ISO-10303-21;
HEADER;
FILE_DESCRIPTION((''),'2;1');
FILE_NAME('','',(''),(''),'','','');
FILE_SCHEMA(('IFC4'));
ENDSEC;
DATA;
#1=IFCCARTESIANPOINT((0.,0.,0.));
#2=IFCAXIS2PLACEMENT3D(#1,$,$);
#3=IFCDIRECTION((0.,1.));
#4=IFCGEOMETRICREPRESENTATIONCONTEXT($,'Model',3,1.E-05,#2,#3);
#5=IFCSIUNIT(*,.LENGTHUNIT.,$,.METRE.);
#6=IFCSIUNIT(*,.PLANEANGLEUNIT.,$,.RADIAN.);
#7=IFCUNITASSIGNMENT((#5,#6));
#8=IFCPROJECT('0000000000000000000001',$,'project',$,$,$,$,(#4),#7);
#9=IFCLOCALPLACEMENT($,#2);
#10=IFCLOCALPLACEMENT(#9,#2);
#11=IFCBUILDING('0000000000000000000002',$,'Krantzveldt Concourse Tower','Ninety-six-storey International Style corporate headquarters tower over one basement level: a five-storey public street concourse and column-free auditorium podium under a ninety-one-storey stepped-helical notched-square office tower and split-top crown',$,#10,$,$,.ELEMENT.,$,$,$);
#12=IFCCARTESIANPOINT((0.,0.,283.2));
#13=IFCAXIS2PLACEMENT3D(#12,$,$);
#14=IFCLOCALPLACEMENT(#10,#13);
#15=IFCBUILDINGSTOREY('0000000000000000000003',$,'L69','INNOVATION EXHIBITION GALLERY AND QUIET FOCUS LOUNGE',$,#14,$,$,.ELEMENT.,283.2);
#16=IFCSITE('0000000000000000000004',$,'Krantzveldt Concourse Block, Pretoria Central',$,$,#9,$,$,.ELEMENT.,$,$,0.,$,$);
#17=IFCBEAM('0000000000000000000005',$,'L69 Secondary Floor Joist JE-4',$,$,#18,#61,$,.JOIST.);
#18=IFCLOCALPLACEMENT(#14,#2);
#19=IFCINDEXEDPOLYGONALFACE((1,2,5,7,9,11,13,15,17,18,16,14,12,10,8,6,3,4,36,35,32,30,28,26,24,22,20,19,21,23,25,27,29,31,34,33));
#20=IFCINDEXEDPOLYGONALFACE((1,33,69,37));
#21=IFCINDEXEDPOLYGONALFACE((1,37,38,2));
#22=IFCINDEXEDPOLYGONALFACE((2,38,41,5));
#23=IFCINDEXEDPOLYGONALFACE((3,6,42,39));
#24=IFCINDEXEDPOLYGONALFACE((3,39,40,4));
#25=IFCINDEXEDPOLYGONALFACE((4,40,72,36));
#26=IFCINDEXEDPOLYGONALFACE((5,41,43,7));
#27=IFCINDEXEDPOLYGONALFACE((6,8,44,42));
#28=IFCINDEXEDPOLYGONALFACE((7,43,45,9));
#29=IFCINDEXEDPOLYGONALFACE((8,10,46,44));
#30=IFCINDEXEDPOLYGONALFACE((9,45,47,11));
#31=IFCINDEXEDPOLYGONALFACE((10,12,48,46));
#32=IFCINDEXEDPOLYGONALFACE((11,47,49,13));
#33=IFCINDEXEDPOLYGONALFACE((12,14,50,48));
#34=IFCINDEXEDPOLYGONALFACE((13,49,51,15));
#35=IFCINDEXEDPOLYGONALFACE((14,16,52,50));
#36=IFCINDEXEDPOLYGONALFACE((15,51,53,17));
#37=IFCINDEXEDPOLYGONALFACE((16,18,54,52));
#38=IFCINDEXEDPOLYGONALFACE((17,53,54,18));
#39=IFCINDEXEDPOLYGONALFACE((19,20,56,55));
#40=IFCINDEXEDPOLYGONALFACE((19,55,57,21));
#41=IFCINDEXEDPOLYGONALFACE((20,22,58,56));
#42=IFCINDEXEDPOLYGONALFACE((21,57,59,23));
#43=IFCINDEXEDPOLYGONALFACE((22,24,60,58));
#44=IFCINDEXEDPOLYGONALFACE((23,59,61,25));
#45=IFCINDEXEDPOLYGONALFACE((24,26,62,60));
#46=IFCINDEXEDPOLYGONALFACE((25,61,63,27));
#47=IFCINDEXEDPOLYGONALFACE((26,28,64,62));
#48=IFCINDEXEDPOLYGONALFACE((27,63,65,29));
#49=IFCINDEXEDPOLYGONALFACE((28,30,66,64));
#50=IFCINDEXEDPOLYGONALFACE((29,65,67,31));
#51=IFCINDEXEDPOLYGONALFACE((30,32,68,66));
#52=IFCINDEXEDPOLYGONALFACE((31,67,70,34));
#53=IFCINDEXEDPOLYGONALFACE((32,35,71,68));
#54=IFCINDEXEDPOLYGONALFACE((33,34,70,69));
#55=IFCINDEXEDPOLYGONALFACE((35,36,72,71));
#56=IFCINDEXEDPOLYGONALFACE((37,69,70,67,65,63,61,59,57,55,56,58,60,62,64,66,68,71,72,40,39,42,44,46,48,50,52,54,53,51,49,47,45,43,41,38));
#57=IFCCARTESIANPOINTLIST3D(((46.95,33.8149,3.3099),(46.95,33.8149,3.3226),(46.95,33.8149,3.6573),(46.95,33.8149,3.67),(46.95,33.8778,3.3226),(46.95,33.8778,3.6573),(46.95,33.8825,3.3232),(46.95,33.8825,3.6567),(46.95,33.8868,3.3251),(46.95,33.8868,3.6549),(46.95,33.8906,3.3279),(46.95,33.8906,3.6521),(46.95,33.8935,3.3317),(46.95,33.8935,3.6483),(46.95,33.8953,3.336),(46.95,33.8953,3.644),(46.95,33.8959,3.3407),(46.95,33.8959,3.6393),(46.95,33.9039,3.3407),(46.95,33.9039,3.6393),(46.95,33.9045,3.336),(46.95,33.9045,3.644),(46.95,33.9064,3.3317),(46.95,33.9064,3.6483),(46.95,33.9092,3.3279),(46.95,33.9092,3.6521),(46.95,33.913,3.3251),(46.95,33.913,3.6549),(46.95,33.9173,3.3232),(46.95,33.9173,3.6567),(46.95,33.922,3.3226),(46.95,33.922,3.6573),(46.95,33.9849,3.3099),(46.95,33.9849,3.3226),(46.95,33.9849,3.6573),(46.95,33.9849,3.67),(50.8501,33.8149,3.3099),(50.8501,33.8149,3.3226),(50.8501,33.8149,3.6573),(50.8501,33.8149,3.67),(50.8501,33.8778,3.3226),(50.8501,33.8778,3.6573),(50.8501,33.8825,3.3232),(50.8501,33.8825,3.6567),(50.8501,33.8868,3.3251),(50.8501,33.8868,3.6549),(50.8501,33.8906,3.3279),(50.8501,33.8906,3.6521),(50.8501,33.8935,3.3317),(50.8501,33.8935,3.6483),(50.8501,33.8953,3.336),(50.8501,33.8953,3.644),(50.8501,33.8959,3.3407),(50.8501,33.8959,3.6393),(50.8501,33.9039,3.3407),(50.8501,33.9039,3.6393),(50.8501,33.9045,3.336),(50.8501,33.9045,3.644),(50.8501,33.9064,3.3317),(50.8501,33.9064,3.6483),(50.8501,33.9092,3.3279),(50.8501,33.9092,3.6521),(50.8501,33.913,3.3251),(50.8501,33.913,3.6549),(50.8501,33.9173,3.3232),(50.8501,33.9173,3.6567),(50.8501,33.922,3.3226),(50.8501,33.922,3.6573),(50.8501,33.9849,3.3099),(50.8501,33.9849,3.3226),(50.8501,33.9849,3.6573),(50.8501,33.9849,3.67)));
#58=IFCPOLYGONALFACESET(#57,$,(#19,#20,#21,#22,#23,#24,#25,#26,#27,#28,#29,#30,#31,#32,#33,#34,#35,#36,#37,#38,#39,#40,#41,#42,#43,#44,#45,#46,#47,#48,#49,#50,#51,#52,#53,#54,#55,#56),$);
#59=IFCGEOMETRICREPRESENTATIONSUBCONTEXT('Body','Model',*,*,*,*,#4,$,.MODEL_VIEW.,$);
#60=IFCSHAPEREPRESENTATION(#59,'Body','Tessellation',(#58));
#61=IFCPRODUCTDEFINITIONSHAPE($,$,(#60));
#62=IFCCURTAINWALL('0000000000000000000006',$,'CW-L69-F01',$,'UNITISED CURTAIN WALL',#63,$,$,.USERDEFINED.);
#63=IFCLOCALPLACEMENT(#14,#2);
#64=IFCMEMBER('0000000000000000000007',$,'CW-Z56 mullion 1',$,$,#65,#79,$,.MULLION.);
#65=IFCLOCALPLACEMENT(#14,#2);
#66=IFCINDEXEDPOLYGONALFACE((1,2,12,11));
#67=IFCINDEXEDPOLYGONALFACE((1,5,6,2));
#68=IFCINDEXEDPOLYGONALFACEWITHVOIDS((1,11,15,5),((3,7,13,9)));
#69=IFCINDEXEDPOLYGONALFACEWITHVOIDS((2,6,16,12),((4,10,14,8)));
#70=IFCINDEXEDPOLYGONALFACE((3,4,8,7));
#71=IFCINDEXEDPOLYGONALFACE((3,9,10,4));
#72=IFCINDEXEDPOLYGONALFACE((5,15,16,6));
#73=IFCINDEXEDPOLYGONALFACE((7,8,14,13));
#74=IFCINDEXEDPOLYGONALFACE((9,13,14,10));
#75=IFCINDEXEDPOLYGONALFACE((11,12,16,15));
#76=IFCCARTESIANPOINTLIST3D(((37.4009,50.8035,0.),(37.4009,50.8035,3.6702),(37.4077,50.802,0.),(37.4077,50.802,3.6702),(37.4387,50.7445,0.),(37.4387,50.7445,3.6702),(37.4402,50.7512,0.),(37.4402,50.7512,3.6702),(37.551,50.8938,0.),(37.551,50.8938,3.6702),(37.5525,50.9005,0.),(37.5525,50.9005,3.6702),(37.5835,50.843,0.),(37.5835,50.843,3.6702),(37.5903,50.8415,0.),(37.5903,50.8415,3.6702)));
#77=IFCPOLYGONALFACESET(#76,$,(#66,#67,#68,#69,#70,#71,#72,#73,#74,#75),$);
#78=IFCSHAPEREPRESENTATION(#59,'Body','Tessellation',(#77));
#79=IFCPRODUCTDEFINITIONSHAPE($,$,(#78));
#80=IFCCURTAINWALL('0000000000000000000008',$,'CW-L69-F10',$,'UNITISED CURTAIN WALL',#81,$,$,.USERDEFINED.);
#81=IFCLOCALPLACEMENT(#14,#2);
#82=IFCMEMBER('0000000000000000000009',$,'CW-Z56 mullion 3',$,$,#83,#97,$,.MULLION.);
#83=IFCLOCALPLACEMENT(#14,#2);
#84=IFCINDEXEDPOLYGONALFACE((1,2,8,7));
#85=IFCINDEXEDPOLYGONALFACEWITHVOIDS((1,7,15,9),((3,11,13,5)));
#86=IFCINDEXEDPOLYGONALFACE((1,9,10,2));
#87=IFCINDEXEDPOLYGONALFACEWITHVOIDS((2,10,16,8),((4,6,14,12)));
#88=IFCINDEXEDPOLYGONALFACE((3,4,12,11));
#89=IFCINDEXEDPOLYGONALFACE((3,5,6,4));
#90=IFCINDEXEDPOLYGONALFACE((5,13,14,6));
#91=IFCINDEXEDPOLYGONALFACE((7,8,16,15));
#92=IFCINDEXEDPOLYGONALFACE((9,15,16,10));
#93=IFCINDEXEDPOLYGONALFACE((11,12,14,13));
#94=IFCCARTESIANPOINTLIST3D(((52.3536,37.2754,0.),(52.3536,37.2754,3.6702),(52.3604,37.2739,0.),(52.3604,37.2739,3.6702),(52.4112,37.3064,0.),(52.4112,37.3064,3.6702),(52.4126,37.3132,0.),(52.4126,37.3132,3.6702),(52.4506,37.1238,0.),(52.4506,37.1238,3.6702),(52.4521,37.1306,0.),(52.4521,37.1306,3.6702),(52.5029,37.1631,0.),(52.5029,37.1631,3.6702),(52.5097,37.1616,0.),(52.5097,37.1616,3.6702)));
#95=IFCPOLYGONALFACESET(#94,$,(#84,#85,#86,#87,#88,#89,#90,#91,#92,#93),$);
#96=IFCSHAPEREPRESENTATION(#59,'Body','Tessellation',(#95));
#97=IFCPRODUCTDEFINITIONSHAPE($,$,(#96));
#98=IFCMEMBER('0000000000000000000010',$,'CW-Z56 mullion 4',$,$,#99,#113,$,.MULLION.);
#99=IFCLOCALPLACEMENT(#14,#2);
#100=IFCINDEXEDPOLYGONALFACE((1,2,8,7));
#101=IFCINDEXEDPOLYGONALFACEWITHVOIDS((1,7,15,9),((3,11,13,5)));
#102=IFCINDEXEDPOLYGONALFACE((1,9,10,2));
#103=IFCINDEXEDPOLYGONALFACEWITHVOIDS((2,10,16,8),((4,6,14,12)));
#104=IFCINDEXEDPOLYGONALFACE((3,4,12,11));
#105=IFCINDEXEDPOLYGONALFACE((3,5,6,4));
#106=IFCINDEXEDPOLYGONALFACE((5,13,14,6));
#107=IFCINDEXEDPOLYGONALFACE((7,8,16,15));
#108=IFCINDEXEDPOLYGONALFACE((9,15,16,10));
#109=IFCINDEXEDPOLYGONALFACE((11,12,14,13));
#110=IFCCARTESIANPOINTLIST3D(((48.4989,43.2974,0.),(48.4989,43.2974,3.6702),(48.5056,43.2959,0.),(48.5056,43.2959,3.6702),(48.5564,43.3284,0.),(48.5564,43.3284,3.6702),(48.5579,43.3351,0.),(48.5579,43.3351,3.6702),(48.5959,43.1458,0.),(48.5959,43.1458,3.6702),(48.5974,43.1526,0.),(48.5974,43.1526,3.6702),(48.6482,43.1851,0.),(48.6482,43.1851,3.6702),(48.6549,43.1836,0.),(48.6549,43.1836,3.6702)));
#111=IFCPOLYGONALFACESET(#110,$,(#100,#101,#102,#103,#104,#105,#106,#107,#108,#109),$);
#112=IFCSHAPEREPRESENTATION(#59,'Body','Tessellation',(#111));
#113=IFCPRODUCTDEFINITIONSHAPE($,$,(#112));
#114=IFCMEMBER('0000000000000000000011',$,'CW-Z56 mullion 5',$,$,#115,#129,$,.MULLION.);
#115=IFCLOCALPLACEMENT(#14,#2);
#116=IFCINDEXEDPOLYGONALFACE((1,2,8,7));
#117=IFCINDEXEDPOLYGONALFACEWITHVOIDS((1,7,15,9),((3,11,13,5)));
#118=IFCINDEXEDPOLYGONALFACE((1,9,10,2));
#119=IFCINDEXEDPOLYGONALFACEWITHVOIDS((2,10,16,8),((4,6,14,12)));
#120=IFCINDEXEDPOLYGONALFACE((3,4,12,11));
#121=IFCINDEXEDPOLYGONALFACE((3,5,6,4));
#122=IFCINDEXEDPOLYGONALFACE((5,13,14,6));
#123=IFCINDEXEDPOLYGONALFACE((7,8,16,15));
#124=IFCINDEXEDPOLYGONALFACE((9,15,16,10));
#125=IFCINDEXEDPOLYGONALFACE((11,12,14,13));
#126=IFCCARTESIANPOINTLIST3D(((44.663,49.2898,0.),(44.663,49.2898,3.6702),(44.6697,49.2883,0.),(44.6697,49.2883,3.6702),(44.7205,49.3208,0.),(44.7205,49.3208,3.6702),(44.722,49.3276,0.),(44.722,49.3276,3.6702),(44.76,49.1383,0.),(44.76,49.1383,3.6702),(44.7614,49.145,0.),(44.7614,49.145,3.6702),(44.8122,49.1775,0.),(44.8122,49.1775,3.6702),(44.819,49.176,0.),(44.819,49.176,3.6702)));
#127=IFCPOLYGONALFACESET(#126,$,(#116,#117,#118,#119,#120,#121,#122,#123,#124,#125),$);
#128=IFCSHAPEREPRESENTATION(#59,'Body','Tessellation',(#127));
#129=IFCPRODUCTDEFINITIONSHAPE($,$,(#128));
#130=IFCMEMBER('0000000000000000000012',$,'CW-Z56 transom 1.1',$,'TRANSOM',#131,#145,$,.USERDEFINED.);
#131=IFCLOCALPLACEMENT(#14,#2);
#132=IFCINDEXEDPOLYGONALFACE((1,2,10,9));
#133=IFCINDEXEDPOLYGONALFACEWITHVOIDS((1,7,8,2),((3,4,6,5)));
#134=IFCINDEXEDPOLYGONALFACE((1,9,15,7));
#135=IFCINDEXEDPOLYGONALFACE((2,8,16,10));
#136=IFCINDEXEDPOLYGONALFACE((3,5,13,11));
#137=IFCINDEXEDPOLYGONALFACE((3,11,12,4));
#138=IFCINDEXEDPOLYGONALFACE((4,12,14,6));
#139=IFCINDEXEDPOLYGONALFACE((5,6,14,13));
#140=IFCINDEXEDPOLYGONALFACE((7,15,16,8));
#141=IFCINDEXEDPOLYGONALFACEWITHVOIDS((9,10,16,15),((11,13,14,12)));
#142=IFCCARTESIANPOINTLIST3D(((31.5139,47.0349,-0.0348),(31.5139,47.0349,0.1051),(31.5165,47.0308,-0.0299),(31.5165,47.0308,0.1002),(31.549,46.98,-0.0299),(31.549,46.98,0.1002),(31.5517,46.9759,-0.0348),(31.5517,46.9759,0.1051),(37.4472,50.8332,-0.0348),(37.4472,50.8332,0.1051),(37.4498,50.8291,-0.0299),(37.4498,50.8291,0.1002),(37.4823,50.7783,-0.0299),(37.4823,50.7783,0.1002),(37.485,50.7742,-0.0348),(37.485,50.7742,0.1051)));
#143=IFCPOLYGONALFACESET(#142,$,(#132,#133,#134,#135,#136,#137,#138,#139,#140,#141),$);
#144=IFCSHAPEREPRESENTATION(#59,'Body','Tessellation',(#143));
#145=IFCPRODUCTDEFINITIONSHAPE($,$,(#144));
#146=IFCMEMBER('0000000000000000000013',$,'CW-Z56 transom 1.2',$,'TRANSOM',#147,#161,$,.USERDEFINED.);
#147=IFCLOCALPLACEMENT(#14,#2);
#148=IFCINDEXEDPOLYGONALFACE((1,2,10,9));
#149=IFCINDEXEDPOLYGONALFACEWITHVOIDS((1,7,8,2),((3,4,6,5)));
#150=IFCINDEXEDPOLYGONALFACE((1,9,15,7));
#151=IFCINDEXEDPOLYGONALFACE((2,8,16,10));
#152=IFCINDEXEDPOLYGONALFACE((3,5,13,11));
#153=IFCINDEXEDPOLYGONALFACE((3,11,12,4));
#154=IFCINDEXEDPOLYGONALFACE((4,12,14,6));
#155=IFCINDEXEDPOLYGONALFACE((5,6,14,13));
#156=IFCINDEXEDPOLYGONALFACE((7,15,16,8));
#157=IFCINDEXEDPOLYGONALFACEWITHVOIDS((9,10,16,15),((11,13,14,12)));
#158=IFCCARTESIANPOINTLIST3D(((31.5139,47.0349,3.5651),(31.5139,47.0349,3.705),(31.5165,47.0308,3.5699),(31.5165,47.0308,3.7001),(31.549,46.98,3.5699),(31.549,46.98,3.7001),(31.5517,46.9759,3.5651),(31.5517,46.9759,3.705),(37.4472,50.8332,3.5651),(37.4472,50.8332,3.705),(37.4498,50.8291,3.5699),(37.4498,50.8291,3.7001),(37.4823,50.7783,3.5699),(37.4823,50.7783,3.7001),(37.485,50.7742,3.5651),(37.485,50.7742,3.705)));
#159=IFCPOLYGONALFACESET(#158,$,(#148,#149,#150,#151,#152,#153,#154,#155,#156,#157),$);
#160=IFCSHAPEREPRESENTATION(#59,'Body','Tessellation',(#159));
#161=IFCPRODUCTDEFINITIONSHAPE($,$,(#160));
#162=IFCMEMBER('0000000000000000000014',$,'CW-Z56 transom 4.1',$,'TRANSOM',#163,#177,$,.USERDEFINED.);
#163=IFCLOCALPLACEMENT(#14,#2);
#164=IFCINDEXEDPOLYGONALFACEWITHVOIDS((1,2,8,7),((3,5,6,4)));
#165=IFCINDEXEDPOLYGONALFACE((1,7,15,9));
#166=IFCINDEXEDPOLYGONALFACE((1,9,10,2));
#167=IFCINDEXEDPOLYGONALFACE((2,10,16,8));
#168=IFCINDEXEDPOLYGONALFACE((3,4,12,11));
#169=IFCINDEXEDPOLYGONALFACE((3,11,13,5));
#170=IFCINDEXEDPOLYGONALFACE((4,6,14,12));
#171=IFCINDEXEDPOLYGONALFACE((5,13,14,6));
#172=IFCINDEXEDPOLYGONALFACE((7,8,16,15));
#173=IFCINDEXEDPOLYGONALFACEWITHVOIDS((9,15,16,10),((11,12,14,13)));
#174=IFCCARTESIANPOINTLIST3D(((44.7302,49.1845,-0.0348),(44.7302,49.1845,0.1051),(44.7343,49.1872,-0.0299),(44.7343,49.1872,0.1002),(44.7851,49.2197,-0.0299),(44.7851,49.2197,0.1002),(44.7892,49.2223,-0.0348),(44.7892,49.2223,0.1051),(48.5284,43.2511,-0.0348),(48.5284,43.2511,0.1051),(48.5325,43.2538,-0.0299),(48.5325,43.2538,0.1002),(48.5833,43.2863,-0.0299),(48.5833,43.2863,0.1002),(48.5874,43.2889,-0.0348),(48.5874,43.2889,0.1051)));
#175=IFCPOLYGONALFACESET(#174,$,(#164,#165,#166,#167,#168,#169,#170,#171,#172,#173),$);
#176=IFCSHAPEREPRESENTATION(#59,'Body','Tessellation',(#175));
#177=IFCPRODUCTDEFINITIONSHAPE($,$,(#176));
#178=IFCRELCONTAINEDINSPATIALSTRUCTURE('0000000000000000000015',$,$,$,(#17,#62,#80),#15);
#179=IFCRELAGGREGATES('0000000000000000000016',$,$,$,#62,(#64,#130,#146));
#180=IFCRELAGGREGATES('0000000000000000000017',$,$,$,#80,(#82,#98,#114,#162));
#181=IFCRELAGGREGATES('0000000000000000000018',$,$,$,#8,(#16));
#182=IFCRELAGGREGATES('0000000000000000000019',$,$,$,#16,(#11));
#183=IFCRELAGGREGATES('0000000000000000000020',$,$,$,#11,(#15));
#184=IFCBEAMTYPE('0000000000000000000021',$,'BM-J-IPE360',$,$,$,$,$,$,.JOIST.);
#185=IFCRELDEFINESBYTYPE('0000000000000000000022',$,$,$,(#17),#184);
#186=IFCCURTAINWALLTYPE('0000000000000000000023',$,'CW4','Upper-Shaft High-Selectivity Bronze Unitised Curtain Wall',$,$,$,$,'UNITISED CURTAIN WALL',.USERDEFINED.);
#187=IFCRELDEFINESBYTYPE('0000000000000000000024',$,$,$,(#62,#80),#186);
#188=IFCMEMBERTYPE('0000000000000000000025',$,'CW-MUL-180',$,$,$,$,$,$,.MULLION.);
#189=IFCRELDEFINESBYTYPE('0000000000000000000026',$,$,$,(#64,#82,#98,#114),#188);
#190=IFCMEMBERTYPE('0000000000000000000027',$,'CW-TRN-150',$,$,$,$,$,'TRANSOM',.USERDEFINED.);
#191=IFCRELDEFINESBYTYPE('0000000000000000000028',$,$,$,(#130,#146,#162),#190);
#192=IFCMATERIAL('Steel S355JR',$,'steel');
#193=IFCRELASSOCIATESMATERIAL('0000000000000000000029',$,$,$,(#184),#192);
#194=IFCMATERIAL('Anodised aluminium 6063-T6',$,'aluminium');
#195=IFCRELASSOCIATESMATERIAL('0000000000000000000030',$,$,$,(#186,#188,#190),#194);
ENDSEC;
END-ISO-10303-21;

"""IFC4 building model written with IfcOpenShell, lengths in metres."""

from ifc_helpers import new_model, si_unit, direction, frame, origin, origin_2d, place, context, subcontext, project, spatial, hollow_rectangle, i_section, extrude, source, transform, mapped, material, material_profile, profile_set, type_object, type_shapes, element, aggregate, save


model = new_model("IFC4")

# Units and contexts
model_context = context("Model", 3, precision=1e-05, world=origin(), true_north=direction((0.0, 1.0)))
body_context = subcontext(model_context, "Body", "Model", "MODEL_VIEW")
ifc_project = project(units=[si_unit("LENGTHUNIT", "METRE"), si_unit("PLANEANGLEUNIT", "RADIAN")], contexts=[model_context])

# Site, building, storey
site_placement = place(None, origin())
site = spatial("IfcSite", under=ifc_project, at=site_placement, Name="Krantzveldt Concourse Block, Pretoria Central", CompositionType="ELEMENT", RefElevation=0.0)
building_placement = place(site_placement, origin())
building = spatial("IfcBuilding", under=site, at=building_placement, Name="Krantzveldt Concourse Tower", Description="Ninety-six-storey International Style corporate headquarters tower over one basement level: a five-storey public street concourse and column-free auditorium podium under a ninety-one-storey stepped-helical notched-square office tower and split-top crown", CompositionType="ELEMENT")
storey_placement = place(building_placement, frame((0.0, 0.0, 283.2)))
storey = spatial("IfcBuildingStorey", under=building, at=storey_placement, Name="L69", Description="INNOVATION EXHIBITION GALLERY AND QUIET FOCUS LOUNGE", CompositionType="ELEMENT", Elevation=283.2)

# Beam
ifc_material_1 = material(Name="Steel S355JR", Category="steel")
ifc_material_profile_1 = material_profile(ifc_material_1, i_section(OverallWidth=0.1699, OverallDepth=0.3601, WebThickness=0.0081, FlangeThickness=0.0127, FilletRadius=0.0181, at=origin_2d()), Name="Steel S355JR", Category="steel")
ifc_profile_set_1 = profile_set([ifc_material_profile_1], Name="Steel S355JR - IPE 360")
beam_type_1 = type_object("IfcBeamType", Name="BM-J-IPE360", PredefinedType="JOIST", material=ifc_profile_set_1)
shared_shape_1 = source(origin(), body_context, "Body", "SweptSolid", [
    extrude(i_section(OverallWidth=0.1699, OverallDepth=0.3601, WebThickness=0.0081, FlangeThickness=0.0127, FilletRadius=0.0181, at=origin_2d()), origin(), (0.0, 0.0, 1.0), 3.9001),
])
type_shapes(beam_type_1, [shared_shape_1])
beam_1_placement = place(storey_placement, frame((46.95, 33.8999, 3.49), z_axis=(1.0, 0.0, 0.0), x_axis=(0.0, 1.0, 0.0)))
element("IfcBeam", 1, at=beam_1_placement, inside=storey, type_object=beam_type_1, Name="L69 Secondary Floor Joist JE-4", PredefinedType="JOIST", context=body_context, shape_type="MappedRepresentation", body=[
    mapped(shared_shape_1, transform((0.0, 0.0, 0.0), x_axis=(1.0, 0.0, 0.0), y_axis=(0.0, 1.0, 0.0), z_axis=(0.0, 0.0, 1.0), scale=1.0)),
])

# Curtain wall, member
ifc_material_2 = material(Name="Anodised aluminium 6063-T6", Category="aluminium")
curtain_wall_type = type_object("IfcCurtainWallType", Name="CW4", Description="Upper-Shaft High-Selectivity Bronze Unitised Curtain Wall", ElementType="UNITISED CURTAIN WALL", PredefinedType="USERDEFINED", material=ifc_material_2)
curtain_wall_1_placement = place(storey_placement, origin())
curtain_wall_1 = element("IfcCurtainWall", 2, at=curtain_wall_1_placement, inside=storey, type_object=curtain_wall_type, Name="CW-L69-F01", ObjectType="UNITISED CURTAIN WALL", PredefinedType="USERDEFINED")
ifc_material_profile_2 = material_profile(ifc_material_2, hollow_rectangle(XDim=0.0701, YDim=0.1799, WallThickness=0.0049, at=origin_2d()), Name="Anodised aluminium 6063-T6", Category="aluminium")
ifc_profile_set_2 = profile_set([ifc_material_profile_2], Name="Anodised aluminium 6063-T6 - ALU-MULL 180x70x5")
member_type_1 = type_object("IfcMemberType", Name="CW-MUL-180", PredefinedType="MULLION", material=ifc_profile_set_2)
shared_shape_2 = source(origin(), body_context, "Body", "SweptSolid", [
    extrude(hollow_rectangle(XDim=0.0701, YDim=0.1799, WallThickness=0.0049, at=origin_2d()), origin(), (0.0, 0.0, 1.0), 3.6702),
])
type_shapes(member_type_1, [shared_shape_2])
member_1_placement = place(storey_placement, frame((37.4956, 50.8225, 0.0), z_axis=(0.0, 0.0, 1.0), x_axis=(0.539138, -0.842217, 0.0)))
member_1 = element("IfcMember", 3, at=member_1_placement, type_object=member_type_1, Name="CW-Z56 mullion 1", PredefinedType="MULLION", context=body_context, shape_type="MappedRepresentation", body=[
    mapped(shared_shape_2, transform((0.0, 0.0, 0.0), x_axis=(1.0, 0.0, 0.0), y_axis=(0.0, 1.0, 0.0), z_axis=(0.0, 0.0, 1.0), scale=1.0)),
])

# Curtain wall, members
curtain_wall_2_placement = place(storey_placement, origin())
curtain_wall_2 = element("IfcCurtainWall", 4, at=curtain_wall_2_placement, inside=storey, type_object=curtain_wall_type, Name="CW-L69-F10", ObjectType="UNITISED CURTAIN WALL", PredefinedType="USERDEFINED")
member_2_placement = place(storey_placement, frame((52.4316, 37.2185, 0.0), z_axis=(0.0, 0.0, 1.0), x_axis=(-0.842217, -0.539138, 0.0)))
member_2 = element("IfcMember", 5, at=member_2_placement, type_object=member_type_1, Name="CW-Z56 mullion 3", PredefinedType="MULLION", context=body_context, shape_type="MappedRepresentation", body=[
    mapped(shared_shape_2, transform((0.0, 0.0, 0.0), x_axis=(1.0, 0.0, 0.0), y_axis=(0.0, 1.0, 0.0), z_axis=(0.0, 0.0, 1.0), scale=1.0)),
])
member_3_placement = place(storey_placement, frame((48.5769, 43.2405, 0.0), z_axis=(0.0, 0.0, 1.0), x_axis=(-0.842217, -0.539138, 0.0)))
member_3 = element("IfcMember", 6, at=member_3_placement, type_object=member_type_1, Name="CW-Z56 mullion 4", PredefinedType="MULLION", context=body_context, shape_type="MappedRepresentation", body=[
    mapped(shared_shape_2, transform((0.0, 0.0, 0.0), x_axis=(1.0, 0.0, 0.0), y_axis=(0.0, 1.0, 0.0), z_axis=(0.0, 0.0, 1.0), scale=1.0)),
])
member_4_placement = place(storey_placement, frame((44.741, 49.2329, 0.0), z_axis=(0.0, 0.0, 1.0), x_axis=(-0.842217, -0.539138, 0.0)))
member_4 = element("IfcMember", 7, at=member_4_placement, type_object=member_type_1, Name="CW-Z56 mullion 5", PredefinedType="MULLION", context=body_context, shape_type="MappedRepresentation", body=[
    mapped(shared_shape_2, transform((0.0, 0.0, 0.0), x_axis=(1.0, 0.0, 0.0), y_axis=(0.0, 1.0, 0.0), z_axis=(0.0, 0.0, 1.0), scale=1.0)),
])

# Members
ifc_material_profile_3 = material_profile(ifc_material_2, hollow_rectangle(XDim=0.0701, YDim=0.1399, WallThickness=0.0049, at=origin_2d()), Name="Anodised aluminium 6063-T6", Category="aluminium")
ifc_profile_set_3 = profile_set([ifc_material_profile_3], Name="Anodised aluminium 6063-T6 - ALU-TRAN 140x70x5")
member_type_2 = type_object("IfcMemberType", Name="CW-TRN-150", ElementType="TRANSOM", PredefinedType="USERDEFINED", material=ifc_profile_set_3)
shared_shape_3 = source(origin(), body_context, "Body", "SweptSolid", [
    extrude(hollow_rectangle(XDim=0.0701, YDim=0.1399, WallThickness=0.0049, at=origin_2d()), origin(), (0.0, 0.0, 1.0), 7.0449),
])
member_5_placement = place(storey_placement, frame((37.4661, 50.8037, 0.0352), z_axis=(-0.842207, -0.539154, 0.0), x_axis=(0.539154, -0.842207, 0.0)))
member_5 = element("IfcMember", 8, at=member_5_placement, type_object=member_type_2, Name="CW-Z56 transom 1.1", ObjectType="TRANSOM", PredefinedType="USERDEFINED", context=body_context, shape_type="MappedRepresentation", body=[
    mapped(shared_shape_3, transform((0.0, 0.0, 0.0), x_axis=(1.0, 0.0, 0.0), y_axis=(0.0, 1.0, 0.0), z_axis=(0.0, 0.0, 1.0), scale=1.0)),
])
member_6_placement = place(storey_placement, frame((37.4661, 50.8037, 3.635), z_axis=(-0.842207, -0.539154, 0.0), x_axis=(0.539154, -0.842207, 0.0)))
member_6 = element("IfcMember", 9, at=member_6_placement, type_object=member_type_2, Name="CW-Z56 transom 1.2", ObjectType="TRANSOM", PredefinedType="USERDEFINED", context=body_context, shape_type="MappedRepresentation", body=[
    mapped(shared_shape_3, transform((0.0, 0.0, 0.0), x_axis=(1.0, 0.0, 0.0), y_axis=(0.0, 1.0, 0.0), z_axis=(0.0, 0.0, 1.0), scale=1.0)),
])
member_7_placement = place(storey_placement, frame((48.5579, 43.27, 0.0352), z_axis=(-0.539129, 0.842223, 0.0), x_axis=(-0.842223, -0.539129, 0.0)))
member_7 = element("IfcMember", 10, at=member_7_placement, type_object=member_type_2, Name="CW-Z56 transom 4.1", ObjectType="TRANSOM", PredefinedType="USERDEFINED", context=body_context, shape_type="MappedRepresentation", body=[
    mapped(shared_shape_3, transform((0.0, 0.0, 0.0), x_axis=(1.0, 0.0, 0.0), y_axis=(0.0, 1.0, 0.0), z_axis=(0.0, 0.0, 1.0), scale=1.0)),
])

aggregate(curtain_wall_1, [member_1, member_5, member_6])
aggregate(curtain_wall_2, [member_2, member_3, member_4, member_7])

save(model, "model.ifc")
